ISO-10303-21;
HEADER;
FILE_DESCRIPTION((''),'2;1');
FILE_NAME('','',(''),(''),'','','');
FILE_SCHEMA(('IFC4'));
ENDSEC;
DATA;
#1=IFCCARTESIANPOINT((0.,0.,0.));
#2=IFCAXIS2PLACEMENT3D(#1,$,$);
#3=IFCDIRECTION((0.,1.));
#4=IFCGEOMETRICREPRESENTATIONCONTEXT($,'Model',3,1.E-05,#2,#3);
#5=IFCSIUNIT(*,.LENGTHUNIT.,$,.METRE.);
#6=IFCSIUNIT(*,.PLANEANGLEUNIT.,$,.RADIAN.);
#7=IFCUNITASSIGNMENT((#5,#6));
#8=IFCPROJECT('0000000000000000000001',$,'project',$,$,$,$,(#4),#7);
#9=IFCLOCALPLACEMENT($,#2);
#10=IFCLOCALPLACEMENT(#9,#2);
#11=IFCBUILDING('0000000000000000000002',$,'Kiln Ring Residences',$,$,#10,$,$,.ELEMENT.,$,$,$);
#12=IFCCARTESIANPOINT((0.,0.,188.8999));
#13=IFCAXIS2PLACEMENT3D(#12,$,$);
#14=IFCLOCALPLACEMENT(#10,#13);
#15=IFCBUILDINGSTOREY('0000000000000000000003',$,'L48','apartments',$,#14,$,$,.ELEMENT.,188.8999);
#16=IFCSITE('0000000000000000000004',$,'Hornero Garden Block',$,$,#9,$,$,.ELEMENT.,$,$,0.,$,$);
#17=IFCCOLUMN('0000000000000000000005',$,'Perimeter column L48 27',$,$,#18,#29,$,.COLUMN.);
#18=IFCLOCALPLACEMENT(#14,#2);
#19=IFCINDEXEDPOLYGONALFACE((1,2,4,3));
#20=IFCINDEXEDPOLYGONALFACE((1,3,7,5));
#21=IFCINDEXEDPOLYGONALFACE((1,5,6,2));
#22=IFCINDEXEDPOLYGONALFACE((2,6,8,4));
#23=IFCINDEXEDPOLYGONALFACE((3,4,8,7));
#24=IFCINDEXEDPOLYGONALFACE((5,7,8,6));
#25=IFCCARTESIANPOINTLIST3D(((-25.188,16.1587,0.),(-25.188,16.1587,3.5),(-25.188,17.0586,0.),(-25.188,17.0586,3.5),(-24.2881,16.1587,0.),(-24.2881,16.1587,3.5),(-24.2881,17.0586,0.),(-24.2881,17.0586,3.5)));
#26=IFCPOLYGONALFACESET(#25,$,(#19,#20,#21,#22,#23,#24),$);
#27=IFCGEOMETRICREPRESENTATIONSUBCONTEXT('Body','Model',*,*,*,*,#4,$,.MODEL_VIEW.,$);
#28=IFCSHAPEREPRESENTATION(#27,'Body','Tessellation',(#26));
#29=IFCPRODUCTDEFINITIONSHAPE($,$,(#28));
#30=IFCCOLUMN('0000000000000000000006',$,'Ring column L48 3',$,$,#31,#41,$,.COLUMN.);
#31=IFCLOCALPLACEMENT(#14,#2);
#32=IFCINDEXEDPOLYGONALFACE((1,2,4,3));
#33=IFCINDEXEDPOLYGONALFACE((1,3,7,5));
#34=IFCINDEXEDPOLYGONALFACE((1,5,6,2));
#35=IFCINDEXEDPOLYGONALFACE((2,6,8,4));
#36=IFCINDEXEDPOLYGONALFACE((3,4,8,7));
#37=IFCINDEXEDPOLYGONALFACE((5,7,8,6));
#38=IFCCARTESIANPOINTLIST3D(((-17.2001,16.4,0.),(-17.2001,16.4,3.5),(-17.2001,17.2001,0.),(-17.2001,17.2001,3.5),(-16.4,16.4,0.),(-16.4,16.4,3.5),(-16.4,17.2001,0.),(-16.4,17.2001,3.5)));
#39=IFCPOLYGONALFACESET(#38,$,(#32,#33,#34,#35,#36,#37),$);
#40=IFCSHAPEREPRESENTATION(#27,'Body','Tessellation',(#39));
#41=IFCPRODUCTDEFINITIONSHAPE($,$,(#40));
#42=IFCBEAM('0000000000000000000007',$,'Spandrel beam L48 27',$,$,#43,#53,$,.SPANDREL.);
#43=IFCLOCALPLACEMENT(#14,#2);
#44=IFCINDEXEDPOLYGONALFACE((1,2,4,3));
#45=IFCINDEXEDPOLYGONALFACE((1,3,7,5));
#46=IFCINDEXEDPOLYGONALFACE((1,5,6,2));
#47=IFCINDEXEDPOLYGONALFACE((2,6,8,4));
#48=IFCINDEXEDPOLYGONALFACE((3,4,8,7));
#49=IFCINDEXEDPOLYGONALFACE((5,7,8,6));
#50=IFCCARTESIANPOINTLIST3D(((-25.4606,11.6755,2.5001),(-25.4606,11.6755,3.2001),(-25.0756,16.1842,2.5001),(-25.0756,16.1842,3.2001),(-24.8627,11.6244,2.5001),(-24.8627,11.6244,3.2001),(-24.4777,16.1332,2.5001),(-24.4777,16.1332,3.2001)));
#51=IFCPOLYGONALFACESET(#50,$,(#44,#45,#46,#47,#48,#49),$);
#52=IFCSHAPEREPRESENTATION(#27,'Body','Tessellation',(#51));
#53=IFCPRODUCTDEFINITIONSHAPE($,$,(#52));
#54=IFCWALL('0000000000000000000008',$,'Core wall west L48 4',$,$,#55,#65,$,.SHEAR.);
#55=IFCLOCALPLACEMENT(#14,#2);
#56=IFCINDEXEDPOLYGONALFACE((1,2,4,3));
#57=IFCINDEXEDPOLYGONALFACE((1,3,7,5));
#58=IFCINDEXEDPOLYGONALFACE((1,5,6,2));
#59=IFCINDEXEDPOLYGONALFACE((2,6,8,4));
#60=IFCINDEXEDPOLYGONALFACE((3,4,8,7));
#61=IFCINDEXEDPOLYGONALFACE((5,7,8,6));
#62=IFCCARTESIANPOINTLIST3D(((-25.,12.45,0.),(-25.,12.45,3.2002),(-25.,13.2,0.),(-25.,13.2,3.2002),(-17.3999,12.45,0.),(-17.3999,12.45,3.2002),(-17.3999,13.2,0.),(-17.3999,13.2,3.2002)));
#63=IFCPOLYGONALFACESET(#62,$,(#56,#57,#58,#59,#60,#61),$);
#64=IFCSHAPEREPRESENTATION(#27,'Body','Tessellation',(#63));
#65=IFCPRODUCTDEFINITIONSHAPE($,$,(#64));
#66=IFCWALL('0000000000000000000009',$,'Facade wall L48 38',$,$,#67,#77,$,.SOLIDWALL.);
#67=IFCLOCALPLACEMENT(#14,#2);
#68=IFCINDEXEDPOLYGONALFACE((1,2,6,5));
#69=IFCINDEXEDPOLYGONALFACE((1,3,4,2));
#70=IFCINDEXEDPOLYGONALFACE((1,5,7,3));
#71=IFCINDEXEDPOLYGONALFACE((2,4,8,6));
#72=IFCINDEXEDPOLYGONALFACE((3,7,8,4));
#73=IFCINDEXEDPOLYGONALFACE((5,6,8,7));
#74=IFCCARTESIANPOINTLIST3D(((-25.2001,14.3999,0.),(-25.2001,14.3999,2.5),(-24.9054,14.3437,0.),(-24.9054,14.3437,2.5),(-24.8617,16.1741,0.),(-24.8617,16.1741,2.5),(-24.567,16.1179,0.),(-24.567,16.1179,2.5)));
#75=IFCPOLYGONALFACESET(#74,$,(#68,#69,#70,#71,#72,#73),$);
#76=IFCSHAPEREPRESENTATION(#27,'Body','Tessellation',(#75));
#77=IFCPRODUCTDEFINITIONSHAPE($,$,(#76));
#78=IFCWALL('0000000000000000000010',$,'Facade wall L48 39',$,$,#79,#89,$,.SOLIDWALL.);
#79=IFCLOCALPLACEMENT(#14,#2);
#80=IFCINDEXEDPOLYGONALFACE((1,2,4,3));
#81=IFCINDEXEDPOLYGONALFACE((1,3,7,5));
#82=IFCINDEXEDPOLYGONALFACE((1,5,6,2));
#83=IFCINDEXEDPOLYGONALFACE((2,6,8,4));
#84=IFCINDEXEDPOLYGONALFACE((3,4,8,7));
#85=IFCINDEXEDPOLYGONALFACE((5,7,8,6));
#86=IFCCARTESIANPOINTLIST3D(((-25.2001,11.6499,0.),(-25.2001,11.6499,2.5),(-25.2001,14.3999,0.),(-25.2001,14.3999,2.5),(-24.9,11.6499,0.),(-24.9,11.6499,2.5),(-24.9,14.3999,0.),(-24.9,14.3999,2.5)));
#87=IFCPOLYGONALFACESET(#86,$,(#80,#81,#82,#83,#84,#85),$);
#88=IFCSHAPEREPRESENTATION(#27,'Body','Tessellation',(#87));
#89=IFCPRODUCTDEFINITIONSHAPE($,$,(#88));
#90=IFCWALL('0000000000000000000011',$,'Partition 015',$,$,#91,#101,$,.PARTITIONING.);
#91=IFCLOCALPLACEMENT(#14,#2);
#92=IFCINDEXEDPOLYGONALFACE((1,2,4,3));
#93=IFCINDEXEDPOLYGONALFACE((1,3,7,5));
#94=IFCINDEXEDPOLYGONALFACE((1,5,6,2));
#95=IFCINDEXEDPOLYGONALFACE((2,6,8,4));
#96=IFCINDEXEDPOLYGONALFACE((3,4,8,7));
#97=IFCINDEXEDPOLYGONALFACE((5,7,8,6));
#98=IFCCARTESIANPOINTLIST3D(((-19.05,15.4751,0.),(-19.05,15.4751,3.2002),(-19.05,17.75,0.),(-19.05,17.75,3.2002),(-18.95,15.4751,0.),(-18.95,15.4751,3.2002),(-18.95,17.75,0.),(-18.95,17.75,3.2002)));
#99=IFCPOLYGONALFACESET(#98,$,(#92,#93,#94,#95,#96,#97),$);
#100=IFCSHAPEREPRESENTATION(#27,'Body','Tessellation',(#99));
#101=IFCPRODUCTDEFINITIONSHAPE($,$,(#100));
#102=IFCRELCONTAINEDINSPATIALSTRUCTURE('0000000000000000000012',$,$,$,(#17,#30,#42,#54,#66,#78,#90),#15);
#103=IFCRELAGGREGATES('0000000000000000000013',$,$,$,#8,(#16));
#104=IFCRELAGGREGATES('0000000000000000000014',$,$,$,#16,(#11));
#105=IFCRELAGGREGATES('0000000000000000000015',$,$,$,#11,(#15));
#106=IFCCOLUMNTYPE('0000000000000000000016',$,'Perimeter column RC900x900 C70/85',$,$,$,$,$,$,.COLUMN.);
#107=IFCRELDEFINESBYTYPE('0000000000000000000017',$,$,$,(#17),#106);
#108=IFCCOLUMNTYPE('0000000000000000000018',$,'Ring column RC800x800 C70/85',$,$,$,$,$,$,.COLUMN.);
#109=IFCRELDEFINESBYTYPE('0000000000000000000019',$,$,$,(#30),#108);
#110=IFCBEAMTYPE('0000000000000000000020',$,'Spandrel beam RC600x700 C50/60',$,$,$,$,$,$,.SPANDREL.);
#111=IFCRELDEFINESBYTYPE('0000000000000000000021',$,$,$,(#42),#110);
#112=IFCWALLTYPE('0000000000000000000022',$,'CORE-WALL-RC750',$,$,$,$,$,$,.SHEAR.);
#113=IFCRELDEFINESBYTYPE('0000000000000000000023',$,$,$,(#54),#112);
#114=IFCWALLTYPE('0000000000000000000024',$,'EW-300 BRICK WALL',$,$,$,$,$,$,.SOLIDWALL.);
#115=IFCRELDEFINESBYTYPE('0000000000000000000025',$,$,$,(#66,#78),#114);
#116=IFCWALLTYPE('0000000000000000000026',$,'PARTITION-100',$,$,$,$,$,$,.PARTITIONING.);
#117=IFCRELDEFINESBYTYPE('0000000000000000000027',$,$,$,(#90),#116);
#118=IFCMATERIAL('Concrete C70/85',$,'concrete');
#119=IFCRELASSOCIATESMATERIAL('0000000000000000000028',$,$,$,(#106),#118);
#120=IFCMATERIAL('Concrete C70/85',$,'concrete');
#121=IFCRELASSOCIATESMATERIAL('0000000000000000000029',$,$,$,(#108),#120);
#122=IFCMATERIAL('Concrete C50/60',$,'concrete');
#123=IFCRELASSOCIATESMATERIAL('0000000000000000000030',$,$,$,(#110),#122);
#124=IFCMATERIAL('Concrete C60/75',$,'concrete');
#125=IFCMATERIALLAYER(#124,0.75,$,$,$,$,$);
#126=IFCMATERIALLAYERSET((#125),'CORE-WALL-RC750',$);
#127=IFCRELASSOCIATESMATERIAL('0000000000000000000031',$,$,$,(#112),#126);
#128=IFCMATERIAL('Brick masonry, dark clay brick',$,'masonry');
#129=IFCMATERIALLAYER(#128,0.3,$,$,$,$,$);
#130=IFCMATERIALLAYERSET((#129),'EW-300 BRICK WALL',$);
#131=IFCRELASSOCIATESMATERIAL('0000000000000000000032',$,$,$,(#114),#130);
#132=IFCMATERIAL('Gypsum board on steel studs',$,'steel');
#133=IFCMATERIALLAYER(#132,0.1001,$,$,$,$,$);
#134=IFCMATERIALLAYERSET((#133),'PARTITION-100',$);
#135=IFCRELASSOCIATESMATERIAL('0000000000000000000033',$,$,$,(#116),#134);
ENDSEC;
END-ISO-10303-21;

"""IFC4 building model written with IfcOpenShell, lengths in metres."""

from ifc_helpers import new_model, si_unit, direction, frame, frame_2d, origin, origin_2d, place, context, subcontext, project, spatial, rectangle, extrude, material, layer, layer_set, material_profile, profile_set, type_object, element, save


model = new_model("IFC4")

# Units and contexts
model_context = context("Model", 3, precision=1e-05, world=origin(), true_north=direction((0.0, 1.0)))
body_context = subcontext(model_context, "Body", "Model", "MODEL_VIEW")
ifc_project = project(units=[si_unit("LENGTHUNIT", "METRE"), si_unit("PLANEANGLEUNIT", "RADIAN")], contexts=[model_context])

# Site, building, storey
site_placement = place(None, origin())
site = spatial("IfcSite", under=ifc_project, at=site_placement, Name="Hornero Garden Block", CompositionType="ELEMENT", RefElevation=0.0)
building_placement = place(site_placement, origin())
building = spatial("IfcBuilding", under=site, at=building_placement, Name="Kiln Ring Residences", CompositionType="ELEMENT")
storey_placement = place(building_placement, frame((0.0, 0.0, 188.8999)))
storey = spatial("IfcBuildingStorey", under=building, at=storey_placement, Name="L48", Description="apartments", CompositionType="ELEMENT", Elevation=188.8999)

# Columns
ifc_material_1 = material(Name="Concrete C70/85", Category="concrete")
ifc_material_profile_1 = material_profile(ifc_material_1, rectangle(XDim=0.8999, YDim=0.8999, at=origin_2d()), Name="RC900x900")
ifc_profile_set_1 = profile_set([ifc_material_profile_1], Name="Concrete C70/85")
column_type_1 = type_object("IfcColumnType", Name="Perimeter column RC900x900 C70/85", PredefinedType="COLUMN", material=ifc_profile_set_1)
column_1_placement = place(storey_placement, frame((-24.738, 16.6086, 0.0), z_axis=(0.0, 0.0, 1.0), x_axis=(1.0, 0.0, 0.0)))
element("IfcColumn", 1, at=column_1_placement, inside=storey, type_object=column_type_1, Name="Perimeter column L48 27", PredefinedType="COLUMN", context=body_context, shape_type="SweptSolid", body=[
    extrude(rectangle(XDim=0.8999, YDim=0.8999, at=origin_2d()), origin(), (0.0, 0.0, 1.0), 3.5),
])
ifc_material_2 = material(Name="Concrete C70/85", Category="concrete")
ifc_material_profile_2 = material_profile(ifc_material_2, rectangle(XDim=0.8, YDim=0.8, at=origin_2d()), Name="RC800x800")
ifc_profile_set_2 = profile_set([ifc_material_profile_2], Name="Concrete C70/85")
column_type_2 = type_object("IfcColumnType", Name="Ring column RC800x800 C70/85", PredefinedType="COLUMN", material=ifc_profile_set_2)
column_2_placement = place(storey_placement, frame((-16.8, 16.8, 0.0), z_axis=(0.0, 0.0, 1.0), x_axis=(1.0, 0.0, 0.0)))
element("IfcColumn", 2, at=column_2_placement, inside=storey, type_object=column_type_2, Name="Ring column L48 3", PredefinedType="COLUMN", context=body_context, shape_type="SweptSolid", body=[
    extrude(rectangle(XDim=0.8, YDim=0.8, at=origin_2d()), origin(), (0.0, 0.0, 1.0), 3.5),
])

# Beam
ifc_material_3 = material(Name="Concrete C50/60", Category="concrete")
ifc_material_profile_3 = material_profile(ifc_material_3, rectangle(XDim=0.6001, YDim=0.7, at=origin_2d()), Name="RC600x700")
ifc_profile_set_3 = profile_set([ifc_material_profile_3], Name="Concrete C50/60")
beam_type = type_object("IfcBeamType", Name="Spandrel beam RC600x700 C50/60", PredefinedType="SPANDREL", material=ifc_profile_set_3)
beam_placement = place(storey_placement, frame((-24.7766, 16.1587, 2.8501), z_axis=(-0.085081, -0.996374, 0.0), x_axis=(0.996374, -0.085081, 0.0)))
element("IfcBeam", 3, at=beam_placement, inside=storey, type_object=beam_type, Name="Spandrel beam L48 27", PredefinedType="SPANDREL", context=body_context, shape_type="SweptSolid", body=[
    extrude(rectangle(XDim=0.6001, YDim=0.7, at=origin_2d()), origin(), (0.0, 0.0, 1.0), 4.5251),
])

# Walls
ifc_material_4 = material(Name="Concrete C60/75", Category="concrete")
ifc_layer_1 = layer(ifc_material_4, 0.75)
ifc_layer_set_1 = layer_set([ifc_layer_1], Name="CORE-WALL-RC750")
wall_type_1 = type_object("IfcWallType", Name="CORE-WALL-RC750", PredefinedType="SHEAR", material=ifc_layer_set_1)
wall_1_placement = place(storey_placement, frame((-17.3999, 12.825, 0.0), z_axis=(0.0, 0.0, 1.0), x_axis=(-1.0, 0.0, 0.0)))
element("IfcWall", 4, at=wall_1_placement, inside=storey, type_object=wall_type_1, Name="Core wall west L48 4", PredefinedType="SHEAR", context=body_context, shape_type="SweptSolid", body=[
    extrude(rectangle(XDim=7.6001, YDim=0.75, at=frame_2d((3.8, 0.0))), origin(), (0.0, 0.0, 1.0), 3.2002),
])
ifc_material_5 = material(Name="Brick masonry, dark clay brick", Category="masonry")
ifc_layer_2 = layer(ifc_material_5, 0.3)
ifc_layer_set_2 = layer_set([ifc_layer_2], Name="EW-300 BRICK WALL")
wall_type_2 = type_object("IfcWallType", Name="EW-300 BRICK WALL", PredefinedType="SOLIDWALL", material=ifc_layer_set_2)
wall_2_placement = place(storey_placement, frame((-24.7144, 16.146, 0.0), z_axis=(0.0, 0.0, 1.0), x_axis=(-0.187348, -0.982294, 0.0)))
element("IfcWall", 5, at=wall_2_placement, inside=storey, type_object=wall_type_2, Name="Facade wall L48 38", PredefinedType="SOLIDWALL", context=body_context, shape_type="SweptSolid", body=[
    extrude(rectangle(XDim=1.8062, YDim=0.3, at=frame_2d((0.9031, 0.0))), origin(), (0.0, 0.0, 1.0), 2.5),
])
wall_3_placement = place(storey_placement, frame((-25.05, 14.3999, 0.0), z_axis=(0.0, 0.0, 1.0), x_axis=(0.0, -1.0, 0.0)))
element("IfcWall", 6, at=wall_3_placement, inside=storey, type_object=wall_type_2, Name="Facade wall L48 39", PredefinedType="SOLIDWALL", context=body_context, shape_type="SweptSolid", body=[
    extrude(rectangle(XDim=2.75, YDim=0.3, at=frame_2d((1.375, 0.0))), origin(), (0.0, 0.0, 1.0), 2.5),
])
ifc_material_6 = material(Name="Gypsum board on steel studs", Category="steel")
ifc_layer_3 = layer(ifc_material_6, 0.1001)
ifc_layer_set_3 = layer_set([ifc_layer_3], Name="PARTITION-100")
wall_type_3 = type_object("IfcWallType", Name="PARTITION-100", PredefinedType="PARTITIONING", material=ifc_layer_set_3)
wall_4_placement = place(storey_placement, frame((-19.0, 15.4751, 0.0), z_axis=(0.0, 0.0, 1.0), x_axis=(0.0, 1.0, 0.0)))
element("IfcWall", 7, at=wall_4_placement, inside=storey, type_object=wall_type_3, Name="Partition 015", PredefinedType="PARTITIONING", context=body_context, shape_type="SweptSolid", body=[
    extrude(rectangle(XDim=2.2749, YDim=0.1001, at=frame_2d((1.1375, 0.0))), origin(), (0.0, 0.0, 1.0), 3.2002),
])

save(model, "model.ifc")
